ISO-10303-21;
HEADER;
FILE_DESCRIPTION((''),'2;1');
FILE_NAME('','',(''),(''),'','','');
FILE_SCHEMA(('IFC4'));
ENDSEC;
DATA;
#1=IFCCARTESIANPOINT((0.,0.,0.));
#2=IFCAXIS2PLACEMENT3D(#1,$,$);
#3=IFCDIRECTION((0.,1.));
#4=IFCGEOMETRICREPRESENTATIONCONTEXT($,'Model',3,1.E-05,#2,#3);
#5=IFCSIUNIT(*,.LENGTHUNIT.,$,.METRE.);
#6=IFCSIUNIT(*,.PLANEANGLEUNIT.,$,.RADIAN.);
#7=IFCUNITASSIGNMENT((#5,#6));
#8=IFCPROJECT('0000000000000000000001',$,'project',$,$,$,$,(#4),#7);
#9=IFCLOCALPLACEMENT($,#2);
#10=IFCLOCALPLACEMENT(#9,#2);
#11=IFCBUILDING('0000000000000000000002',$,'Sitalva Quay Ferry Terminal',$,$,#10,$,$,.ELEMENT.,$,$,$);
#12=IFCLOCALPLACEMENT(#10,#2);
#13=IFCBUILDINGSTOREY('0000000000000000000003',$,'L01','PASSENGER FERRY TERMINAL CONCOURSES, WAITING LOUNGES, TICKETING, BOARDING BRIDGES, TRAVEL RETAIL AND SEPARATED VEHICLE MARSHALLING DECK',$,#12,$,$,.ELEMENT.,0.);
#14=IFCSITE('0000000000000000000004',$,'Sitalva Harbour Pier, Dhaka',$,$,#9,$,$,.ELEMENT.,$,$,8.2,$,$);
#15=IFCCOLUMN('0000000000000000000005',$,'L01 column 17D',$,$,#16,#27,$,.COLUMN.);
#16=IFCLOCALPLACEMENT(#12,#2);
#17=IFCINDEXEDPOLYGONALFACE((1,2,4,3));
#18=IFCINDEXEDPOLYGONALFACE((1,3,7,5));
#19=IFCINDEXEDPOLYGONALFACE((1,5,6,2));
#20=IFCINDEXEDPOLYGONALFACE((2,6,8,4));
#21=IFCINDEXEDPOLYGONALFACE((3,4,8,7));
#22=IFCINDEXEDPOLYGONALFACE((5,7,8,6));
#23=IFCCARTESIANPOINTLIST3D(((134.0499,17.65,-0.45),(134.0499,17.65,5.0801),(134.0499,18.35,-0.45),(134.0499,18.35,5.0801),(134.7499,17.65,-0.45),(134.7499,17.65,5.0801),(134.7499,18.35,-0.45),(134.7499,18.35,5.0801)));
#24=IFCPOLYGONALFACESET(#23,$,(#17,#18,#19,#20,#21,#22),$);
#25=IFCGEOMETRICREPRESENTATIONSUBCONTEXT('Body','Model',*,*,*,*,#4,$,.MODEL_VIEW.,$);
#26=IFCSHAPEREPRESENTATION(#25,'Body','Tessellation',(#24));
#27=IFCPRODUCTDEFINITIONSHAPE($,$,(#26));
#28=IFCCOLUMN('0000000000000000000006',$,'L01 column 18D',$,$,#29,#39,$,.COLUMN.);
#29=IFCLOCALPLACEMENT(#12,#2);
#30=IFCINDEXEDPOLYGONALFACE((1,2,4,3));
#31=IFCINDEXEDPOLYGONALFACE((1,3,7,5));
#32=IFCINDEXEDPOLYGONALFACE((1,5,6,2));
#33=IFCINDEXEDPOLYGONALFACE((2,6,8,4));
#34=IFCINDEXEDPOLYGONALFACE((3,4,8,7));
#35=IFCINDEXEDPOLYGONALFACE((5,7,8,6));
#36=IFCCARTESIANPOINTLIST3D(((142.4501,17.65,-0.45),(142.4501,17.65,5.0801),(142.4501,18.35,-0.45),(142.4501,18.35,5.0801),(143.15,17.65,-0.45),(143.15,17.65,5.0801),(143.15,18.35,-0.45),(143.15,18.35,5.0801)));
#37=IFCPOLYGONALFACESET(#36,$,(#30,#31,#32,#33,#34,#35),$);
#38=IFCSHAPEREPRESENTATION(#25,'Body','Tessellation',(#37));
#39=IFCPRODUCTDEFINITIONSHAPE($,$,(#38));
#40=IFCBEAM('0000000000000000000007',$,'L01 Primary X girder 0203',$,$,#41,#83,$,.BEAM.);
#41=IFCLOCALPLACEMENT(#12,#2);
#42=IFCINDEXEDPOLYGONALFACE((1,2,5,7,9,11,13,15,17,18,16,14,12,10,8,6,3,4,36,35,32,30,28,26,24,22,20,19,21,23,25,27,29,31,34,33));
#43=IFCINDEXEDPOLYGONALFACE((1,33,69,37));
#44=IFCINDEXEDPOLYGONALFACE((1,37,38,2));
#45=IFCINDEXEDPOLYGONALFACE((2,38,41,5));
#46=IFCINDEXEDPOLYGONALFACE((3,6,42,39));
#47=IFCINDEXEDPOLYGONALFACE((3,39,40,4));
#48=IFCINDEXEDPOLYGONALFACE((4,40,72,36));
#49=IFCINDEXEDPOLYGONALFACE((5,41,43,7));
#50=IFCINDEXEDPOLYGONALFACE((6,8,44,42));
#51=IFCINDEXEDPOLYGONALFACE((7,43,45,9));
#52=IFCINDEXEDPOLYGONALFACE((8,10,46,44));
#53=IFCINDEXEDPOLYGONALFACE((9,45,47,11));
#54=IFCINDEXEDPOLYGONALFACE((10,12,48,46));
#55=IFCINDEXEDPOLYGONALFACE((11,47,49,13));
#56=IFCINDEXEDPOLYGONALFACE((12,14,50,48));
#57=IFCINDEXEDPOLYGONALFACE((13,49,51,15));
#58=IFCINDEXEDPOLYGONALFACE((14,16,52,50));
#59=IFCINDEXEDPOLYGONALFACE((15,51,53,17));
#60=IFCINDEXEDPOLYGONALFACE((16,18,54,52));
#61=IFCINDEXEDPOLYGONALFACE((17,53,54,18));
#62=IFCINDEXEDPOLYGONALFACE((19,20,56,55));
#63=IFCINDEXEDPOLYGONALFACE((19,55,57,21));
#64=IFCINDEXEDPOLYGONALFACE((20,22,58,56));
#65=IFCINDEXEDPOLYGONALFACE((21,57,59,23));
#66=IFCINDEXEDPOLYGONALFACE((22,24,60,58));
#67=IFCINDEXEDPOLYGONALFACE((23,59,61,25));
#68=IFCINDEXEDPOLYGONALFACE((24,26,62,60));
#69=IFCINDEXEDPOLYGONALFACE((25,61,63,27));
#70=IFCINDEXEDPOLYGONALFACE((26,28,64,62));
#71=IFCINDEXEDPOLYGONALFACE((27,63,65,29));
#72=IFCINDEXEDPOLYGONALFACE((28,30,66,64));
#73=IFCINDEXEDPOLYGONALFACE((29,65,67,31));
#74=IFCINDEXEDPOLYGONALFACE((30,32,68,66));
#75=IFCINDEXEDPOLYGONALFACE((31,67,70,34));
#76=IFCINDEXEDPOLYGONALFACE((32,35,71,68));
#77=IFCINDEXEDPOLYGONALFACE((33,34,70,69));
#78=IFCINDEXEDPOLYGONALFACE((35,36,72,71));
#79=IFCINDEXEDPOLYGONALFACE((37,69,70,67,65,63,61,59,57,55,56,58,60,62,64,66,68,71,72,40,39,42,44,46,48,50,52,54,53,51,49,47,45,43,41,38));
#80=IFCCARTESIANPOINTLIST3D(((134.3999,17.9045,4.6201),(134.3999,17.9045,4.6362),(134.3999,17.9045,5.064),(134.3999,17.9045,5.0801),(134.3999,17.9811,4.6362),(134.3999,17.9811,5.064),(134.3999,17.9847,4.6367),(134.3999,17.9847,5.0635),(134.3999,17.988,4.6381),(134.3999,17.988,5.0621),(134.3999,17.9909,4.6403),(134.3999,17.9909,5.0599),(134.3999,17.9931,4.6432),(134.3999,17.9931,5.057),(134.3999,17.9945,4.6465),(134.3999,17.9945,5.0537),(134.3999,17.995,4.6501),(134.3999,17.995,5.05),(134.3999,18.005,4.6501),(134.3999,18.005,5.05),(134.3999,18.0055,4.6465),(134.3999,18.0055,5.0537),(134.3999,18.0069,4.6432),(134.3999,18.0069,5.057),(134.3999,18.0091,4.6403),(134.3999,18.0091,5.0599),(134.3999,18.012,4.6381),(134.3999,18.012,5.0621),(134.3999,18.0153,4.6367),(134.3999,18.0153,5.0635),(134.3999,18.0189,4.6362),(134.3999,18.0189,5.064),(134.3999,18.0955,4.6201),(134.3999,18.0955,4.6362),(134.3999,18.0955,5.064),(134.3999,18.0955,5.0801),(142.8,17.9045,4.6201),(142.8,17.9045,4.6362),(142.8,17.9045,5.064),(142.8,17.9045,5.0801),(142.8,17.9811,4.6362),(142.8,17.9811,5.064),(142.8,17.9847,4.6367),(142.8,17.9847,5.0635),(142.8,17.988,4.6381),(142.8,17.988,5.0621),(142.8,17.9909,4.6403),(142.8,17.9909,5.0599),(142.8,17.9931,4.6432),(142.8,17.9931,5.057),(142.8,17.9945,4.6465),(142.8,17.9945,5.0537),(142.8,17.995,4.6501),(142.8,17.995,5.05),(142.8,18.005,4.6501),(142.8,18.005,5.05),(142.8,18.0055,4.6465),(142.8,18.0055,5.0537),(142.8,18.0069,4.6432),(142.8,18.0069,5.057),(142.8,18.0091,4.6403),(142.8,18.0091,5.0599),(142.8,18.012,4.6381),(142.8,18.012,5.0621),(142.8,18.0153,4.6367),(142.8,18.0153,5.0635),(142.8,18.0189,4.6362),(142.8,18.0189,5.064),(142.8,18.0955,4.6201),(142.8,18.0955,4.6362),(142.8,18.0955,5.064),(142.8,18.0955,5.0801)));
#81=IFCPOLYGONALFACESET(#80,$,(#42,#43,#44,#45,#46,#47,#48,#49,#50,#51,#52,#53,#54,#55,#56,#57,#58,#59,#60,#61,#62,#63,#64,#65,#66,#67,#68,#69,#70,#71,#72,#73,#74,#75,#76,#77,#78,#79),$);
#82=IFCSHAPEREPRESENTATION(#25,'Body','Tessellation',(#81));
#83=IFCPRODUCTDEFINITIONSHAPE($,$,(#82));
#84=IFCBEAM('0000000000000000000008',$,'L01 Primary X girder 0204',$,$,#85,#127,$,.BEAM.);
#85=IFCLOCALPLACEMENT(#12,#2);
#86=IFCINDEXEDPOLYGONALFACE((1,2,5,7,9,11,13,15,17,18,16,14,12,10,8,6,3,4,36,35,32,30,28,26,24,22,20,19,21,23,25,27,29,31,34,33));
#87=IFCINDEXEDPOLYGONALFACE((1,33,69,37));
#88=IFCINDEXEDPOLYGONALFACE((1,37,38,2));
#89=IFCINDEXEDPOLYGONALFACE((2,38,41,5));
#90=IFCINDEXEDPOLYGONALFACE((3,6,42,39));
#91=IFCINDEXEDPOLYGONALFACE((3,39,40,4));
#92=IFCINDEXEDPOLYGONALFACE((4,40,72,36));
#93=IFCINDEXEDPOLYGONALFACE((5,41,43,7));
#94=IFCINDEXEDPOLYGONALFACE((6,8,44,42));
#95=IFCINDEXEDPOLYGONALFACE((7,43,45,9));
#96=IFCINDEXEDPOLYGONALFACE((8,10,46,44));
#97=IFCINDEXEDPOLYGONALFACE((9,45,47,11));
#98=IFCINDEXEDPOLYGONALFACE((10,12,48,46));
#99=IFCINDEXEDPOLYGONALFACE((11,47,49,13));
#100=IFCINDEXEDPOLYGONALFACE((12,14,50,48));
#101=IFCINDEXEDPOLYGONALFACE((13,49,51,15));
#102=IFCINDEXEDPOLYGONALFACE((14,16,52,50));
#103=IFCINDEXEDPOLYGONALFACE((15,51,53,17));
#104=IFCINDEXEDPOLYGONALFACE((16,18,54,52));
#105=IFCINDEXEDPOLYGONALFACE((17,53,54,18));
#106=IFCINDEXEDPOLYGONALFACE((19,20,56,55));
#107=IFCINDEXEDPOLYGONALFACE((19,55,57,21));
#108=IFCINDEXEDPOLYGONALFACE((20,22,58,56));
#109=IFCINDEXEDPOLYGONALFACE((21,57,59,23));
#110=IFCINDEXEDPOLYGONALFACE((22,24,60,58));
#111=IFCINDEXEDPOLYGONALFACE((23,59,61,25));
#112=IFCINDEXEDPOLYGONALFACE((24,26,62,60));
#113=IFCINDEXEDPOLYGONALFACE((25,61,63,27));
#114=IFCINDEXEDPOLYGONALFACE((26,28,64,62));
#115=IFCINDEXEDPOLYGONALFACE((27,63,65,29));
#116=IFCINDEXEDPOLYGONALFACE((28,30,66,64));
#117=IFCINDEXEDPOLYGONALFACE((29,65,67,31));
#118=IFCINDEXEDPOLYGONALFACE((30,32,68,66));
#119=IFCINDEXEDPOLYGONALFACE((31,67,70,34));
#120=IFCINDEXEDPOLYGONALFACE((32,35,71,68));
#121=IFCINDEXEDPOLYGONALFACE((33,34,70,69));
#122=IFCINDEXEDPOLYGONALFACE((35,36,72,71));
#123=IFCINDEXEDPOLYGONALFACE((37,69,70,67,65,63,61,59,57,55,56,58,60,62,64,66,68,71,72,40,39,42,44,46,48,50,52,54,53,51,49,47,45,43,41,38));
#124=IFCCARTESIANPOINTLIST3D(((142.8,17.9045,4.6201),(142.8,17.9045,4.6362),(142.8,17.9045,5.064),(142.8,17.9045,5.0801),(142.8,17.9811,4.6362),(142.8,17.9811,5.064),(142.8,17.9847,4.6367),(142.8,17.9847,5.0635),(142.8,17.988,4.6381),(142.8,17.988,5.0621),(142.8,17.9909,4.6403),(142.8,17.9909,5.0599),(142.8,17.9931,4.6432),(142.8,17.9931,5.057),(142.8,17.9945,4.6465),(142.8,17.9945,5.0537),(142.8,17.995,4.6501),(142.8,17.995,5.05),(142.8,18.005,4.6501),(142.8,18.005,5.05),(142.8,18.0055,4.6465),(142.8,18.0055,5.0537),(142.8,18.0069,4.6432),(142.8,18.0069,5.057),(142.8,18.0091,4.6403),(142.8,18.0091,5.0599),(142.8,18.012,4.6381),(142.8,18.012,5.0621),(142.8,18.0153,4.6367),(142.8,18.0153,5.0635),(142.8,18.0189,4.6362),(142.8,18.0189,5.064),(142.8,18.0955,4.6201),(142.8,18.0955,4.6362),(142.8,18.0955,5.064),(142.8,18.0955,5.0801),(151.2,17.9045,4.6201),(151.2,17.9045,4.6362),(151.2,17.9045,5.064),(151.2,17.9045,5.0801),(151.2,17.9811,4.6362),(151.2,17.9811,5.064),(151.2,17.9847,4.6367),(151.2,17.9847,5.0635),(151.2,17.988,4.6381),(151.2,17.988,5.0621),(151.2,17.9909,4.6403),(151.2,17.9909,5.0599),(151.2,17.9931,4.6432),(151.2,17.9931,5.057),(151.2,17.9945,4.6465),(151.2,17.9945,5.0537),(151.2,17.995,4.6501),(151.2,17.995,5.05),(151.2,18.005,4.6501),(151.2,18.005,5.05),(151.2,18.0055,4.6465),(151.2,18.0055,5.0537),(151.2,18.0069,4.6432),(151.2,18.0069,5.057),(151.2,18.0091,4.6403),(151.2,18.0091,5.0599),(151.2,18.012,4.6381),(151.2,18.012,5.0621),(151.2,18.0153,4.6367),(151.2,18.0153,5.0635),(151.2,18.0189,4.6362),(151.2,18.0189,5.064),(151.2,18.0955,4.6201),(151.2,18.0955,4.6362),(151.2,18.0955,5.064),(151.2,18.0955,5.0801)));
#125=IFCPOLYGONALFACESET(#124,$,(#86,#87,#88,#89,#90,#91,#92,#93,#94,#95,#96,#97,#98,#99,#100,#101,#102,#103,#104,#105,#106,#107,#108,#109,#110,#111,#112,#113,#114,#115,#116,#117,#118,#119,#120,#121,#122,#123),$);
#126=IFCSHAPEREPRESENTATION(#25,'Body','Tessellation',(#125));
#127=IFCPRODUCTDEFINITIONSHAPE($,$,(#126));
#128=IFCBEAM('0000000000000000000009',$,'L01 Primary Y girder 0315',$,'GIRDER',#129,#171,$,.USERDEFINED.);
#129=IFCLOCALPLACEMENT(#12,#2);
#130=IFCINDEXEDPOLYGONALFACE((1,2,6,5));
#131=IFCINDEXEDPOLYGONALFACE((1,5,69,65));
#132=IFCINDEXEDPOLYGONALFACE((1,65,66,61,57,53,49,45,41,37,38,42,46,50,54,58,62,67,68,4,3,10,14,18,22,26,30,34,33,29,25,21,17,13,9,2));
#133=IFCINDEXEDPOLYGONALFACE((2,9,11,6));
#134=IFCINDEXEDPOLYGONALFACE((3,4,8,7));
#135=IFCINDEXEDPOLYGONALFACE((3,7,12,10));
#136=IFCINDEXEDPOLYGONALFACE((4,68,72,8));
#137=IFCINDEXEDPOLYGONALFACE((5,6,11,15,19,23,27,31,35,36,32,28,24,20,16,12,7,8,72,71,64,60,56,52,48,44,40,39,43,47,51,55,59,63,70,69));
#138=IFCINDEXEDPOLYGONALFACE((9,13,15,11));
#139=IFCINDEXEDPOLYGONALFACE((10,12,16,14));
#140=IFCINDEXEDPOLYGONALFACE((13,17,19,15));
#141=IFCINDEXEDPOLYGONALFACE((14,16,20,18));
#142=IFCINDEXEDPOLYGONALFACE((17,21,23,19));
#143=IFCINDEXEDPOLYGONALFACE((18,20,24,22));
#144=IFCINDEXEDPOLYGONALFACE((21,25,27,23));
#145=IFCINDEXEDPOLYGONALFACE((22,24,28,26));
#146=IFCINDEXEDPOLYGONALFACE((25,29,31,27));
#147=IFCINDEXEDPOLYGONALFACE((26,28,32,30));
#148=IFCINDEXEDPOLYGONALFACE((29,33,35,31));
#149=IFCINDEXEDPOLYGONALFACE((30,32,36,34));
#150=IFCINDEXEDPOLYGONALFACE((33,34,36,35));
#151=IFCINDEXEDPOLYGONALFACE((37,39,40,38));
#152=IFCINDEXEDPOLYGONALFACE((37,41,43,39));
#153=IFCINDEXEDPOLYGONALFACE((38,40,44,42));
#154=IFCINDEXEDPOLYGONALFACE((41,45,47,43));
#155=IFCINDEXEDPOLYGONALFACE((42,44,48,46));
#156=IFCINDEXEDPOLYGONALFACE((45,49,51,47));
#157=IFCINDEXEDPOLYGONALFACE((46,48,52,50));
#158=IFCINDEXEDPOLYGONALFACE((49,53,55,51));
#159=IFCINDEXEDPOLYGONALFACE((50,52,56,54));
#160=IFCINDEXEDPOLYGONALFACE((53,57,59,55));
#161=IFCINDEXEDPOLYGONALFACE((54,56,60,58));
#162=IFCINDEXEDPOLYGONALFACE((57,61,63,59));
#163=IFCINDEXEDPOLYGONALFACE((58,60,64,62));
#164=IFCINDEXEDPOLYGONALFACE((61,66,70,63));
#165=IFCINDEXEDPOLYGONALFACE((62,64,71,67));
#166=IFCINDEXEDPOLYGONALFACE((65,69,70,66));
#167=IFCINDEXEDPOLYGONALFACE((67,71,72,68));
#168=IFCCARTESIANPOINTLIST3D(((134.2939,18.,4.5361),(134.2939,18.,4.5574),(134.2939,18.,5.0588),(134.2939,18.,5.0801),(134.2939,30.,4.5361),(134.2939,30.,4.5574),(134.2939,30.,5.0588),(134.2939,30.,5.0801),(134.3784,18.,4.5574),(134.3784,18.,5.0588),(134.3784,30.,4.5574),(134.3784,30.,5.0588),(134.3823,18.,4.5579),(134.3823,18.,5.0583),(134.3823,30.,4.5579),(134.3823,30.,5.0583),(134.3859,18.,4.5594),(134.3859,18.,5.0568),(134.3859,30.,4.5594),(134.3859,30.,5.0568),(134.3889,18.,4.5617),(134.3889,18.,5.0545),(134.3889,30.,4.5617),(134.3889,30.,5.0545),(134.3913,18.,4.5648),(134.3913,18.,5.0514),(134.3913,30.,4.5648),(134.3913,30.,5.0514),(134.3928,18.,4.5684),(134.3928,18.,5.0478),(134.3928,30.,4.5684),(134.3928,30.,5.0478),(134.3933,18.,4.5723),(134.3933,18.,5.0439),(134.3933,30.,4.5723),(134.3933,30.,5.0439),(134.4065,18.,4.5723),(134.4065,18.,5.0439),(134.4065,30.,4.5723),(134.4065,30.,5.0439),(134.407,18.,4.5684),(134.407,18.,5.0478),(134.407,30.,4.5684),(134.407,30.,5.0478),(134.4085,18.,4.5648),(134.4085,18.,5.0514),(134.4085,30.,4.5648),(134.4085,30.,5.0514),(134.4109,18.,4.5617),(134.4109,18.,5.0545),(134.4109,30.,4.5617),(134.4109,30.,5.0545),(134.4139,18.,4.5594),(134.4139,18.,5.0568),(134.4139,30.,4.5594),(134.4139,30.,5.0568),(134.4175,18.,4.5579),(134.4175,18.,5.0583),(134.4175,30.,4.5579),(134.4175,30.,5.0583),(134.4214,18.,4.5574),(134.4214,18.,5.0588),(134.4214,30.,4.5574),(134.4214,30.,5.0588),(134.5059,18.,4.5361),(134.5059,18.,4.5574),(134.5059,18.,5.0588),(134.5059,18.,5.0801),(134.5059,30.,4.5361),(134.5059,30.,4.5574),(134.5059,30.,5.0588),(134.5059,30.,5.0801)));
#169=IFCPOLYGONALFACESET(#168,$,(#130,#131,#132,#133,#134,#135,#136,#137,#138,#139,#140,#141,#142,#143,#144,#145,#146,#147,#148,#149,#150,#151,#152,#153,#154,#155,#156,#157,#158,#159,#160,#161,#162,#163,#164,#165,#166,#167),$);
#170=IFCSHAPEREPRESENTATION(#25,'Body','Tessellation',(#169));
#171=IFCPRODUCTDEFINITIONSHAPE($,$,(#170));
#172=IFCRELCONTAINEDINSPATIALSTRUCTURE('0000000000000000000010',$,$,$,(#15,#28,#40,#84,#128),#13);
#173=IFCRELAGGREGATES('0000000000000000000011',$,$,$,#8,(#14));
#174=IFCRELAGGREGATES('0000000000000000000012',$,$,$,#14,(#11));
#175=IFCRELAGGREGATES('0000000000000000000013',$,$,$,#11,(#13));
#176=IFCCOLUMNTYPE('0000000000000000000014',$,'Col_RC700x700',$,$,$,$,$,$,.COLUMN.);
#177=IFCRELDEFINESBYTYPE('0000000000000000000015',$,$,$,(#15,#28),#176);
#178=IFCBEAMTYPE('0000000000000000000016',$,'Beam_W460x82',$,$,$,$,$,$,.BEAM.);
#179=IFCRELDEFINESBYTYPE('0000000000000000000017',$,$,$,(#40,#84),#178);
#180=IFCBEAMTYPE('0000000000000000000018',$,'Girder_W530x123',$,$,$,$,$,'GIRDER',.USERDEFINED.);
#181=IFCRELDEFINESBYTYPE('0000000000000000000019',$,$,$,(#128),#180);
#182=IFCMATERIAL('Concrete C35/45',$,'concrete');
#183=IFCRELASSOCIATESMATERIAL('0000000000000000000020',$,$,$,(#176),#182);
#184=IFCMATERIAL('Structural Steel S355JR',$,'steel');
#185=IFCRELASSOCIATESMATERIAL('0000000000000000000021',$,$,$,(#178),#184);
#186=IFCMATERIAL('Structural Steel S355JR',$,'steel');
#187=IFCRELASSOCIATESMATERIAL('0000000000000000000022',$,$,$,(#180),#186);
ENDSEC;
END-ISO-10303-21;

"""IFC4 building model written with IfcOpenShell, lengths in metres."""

from ifc_helpers import new_model, si_unit, direction, frame, origin, origin_2d, place, context, subcontext, project, spatial, rectangle, i_section, extrude, material, material_profile, profile_set, type_object, element, save


model = new_model("IFC4")

# Units and contexts
model_context = context("Model", 3, precision=1e-05, world=origin(), true_north=direction((0.0, 1.0)))
body_context = subcontext(model_context, "Body", "Model", "MODEL_VIEW")
ifc_project = project(units=[si_unit("LENGTHUNIT", "METRE"), si_unit("PLANEANGLEUNIT", "RADIAN")], contexts=[model_context])

# Site, building, storey
site_placement = place(None, origin())
site = spatial("IfcSite", under=ifc_project, at=site_placement, Name="Sitalva Harbour Pier, Dhaka", CompositionType="ELEMENT", RefElevation=8.2)
building_placement = place(site_placement, origin())
building = spatial("IfcBuilding", under=site, at=building_placement, Name="Sitalva Quay Ferry Terminal", CompositionType="ELEMENT")
storey_placement = place(building_placement, origin())
storey = spatial("IfcBuildingStorey", under=building, at=storey_placement, Name="L01", Description="PASSENGER FERRY TERMINAL CONCOURSES, WAITING LOUNGES, TICKETING, BOARDING BRIDGES, TRAVEL RETAIL AND SEPARATED VEHICLE MARSHALLING DECK", CompositionType="ELEMENT", Elevation=0.0)

# Columns
ifc_material_1 = material(Name="Concrete C35/45", Category="concrete")
ifc_material_profile_1 = material_profile(ifc_material_1, rectangle(XDim=0.7, YDim=0.7, at=origin_2d()), Name="RC700x700")
ifc_profile_set_1 = profile_set([ifc_material_profile_1], Name="Concrete C35/45")
column_type = type_object("IfcColumnType", Name="Col_RC700x700", PredefinedType="COLUMN", material=ifc_profile_set_1)
for number, where, z_axis, x_axis, name in (
    (1, (134.3999, 18.0, -0.45), (0.0, 0.0, 1.0), (1.0, 0.0, 0.0), "L01 column 17D"),
    (2, (142.8, 18.0, -0.45), (0.0, 0.0, 1.0), (1.0, 0.0, 0.0), "L01 column 18D"),
):
    element("IfcColumn", number, at=place(storey_placement, frame(where, z_axis=z_axis, x_axis=x_axis)), inside=storey, type_object=column_type, Name=name, PredefinedType="COLUMN", context=body_context, shape_type="SweptSolid", body=[
        extrude(rectangle(XDim=0.7, YDim=0.7, at=origin_2d()), origin(), (0.0, 0.0, 1.0), 5.53),
    ])

# Beams
ifc_material_2 = material(Name="Structural Steel S355JR", Category="steel")
ifc_material_profile_2 = material_profile(ifc_material_2, i_section(OverallWidth=0.1909, OverallDepth=0.46, WebThickness=0.01, FlangeThickness=0.0161, FilletRadius=0.0139, at=origin_2d()), Name="W460x82")
ifc_profile_set_2 = profile_set([ifc_material_profile_2], Name="Structural Steel S355JR")
beam_type_1 = type_object("IfcBeamType", Name="Beam_W460x82", PredefinedType="BEAM", material=ifc_profile_set_2)
beam_1_placement = place(storey_placement, frame((134.3999, 18.0, 4.8501), z_axis=(1.0, 0.0, 0.0), x_axis=(0.0, 1.0, 0.0)))
element("IfcBeam", 3, at=beam_1_placement, inside=storey, type_object=beam_type_1, Name="L01 Primary X girder 0203", PredefinedType="BEAM", context=body_context, shape_type="SweptSolid", body=[
    extrude(i_section(OverallWidth=0.1909, OverallDepth=0.46, WebThickness=0.01, FlangeThickness=0.0161, FilletRadius=0.0139, at=origin_2d()), origin(), (0.0, 0.0, 1.0), 8.4001),
])
beam_2_placement = place(storey_placement, frame((142.8, 18.0, 4.8501), z_axis=(1.0, 0.0, 0.0), x_axis=(0.0, 1.0, 0.0)))
element("IfcBeam", 4, at=beam_2_placement, inside=storey, type_object=beam_type_1, Name="L01 Primary X girder 0204", PredefinedType="BEAM", context=body_context, shape_type="SweptSolid", body=[
    extrude(i_section(OverallWidth=0.1909, OverallDepth=0.46, WebThickness=0.01, FlangeThickness=0.0161, FilletRadius=0.0139, at=origin_2d()), origin(), (0.0, 0.0, 1.0), 8.3999),
])
ifc_material_3 = material(Name="Structural Steel S355JR", Category="steel")
ifc_material_profile_3 = material_profile(ifc_material_3, i_section(OverallWidth=0.2119, OverallDepth=0.5439, WebThickness=0.0132, FlangeThickness=0.0212, FilletRadius=0.0149, at=origin_2d()), Name="W530x123")
ifc_profile_set_3 = profile_set([ifc_material_profile_3], Name="Structural Steel S355JR")
beam_type_2 = type_object("IfcBeamType", Name="Girder_W530x123", ElementType="GIRDER", PredefinedType="USERDEFINED", material=ifc_profile_set_3)
for number, where, z_axis, x_axis, name in (
    (5, (134.3999, 18.0, 4.8081), (0.0, 1.0, 0.0), (-1.0, 0.0, 0.0), "L01 Primary Y girder 0315"),
):
    element("IfcBeam", number, at=place(storey_placement, frame(where, z_axis=z_axis, x_axis=x_axis)), inside=storey, type_object=beam_type_2, Name=name, ObjectType="GIRDER", PredefinedType="USERDEFINED", context=body_context, shape_type="SweptSolid", body=[
        extrude(i_section(OverallWidth=0.2119, OverallDepth=0.5439, WebThickness=0.0132, FlangeThickness=0.0212, FilletRadius=0.0149, at=origin_2d()), origin(), (0.0, 0.0, 1.0), 12.0),
    ])

save(model, "model.ifc")
